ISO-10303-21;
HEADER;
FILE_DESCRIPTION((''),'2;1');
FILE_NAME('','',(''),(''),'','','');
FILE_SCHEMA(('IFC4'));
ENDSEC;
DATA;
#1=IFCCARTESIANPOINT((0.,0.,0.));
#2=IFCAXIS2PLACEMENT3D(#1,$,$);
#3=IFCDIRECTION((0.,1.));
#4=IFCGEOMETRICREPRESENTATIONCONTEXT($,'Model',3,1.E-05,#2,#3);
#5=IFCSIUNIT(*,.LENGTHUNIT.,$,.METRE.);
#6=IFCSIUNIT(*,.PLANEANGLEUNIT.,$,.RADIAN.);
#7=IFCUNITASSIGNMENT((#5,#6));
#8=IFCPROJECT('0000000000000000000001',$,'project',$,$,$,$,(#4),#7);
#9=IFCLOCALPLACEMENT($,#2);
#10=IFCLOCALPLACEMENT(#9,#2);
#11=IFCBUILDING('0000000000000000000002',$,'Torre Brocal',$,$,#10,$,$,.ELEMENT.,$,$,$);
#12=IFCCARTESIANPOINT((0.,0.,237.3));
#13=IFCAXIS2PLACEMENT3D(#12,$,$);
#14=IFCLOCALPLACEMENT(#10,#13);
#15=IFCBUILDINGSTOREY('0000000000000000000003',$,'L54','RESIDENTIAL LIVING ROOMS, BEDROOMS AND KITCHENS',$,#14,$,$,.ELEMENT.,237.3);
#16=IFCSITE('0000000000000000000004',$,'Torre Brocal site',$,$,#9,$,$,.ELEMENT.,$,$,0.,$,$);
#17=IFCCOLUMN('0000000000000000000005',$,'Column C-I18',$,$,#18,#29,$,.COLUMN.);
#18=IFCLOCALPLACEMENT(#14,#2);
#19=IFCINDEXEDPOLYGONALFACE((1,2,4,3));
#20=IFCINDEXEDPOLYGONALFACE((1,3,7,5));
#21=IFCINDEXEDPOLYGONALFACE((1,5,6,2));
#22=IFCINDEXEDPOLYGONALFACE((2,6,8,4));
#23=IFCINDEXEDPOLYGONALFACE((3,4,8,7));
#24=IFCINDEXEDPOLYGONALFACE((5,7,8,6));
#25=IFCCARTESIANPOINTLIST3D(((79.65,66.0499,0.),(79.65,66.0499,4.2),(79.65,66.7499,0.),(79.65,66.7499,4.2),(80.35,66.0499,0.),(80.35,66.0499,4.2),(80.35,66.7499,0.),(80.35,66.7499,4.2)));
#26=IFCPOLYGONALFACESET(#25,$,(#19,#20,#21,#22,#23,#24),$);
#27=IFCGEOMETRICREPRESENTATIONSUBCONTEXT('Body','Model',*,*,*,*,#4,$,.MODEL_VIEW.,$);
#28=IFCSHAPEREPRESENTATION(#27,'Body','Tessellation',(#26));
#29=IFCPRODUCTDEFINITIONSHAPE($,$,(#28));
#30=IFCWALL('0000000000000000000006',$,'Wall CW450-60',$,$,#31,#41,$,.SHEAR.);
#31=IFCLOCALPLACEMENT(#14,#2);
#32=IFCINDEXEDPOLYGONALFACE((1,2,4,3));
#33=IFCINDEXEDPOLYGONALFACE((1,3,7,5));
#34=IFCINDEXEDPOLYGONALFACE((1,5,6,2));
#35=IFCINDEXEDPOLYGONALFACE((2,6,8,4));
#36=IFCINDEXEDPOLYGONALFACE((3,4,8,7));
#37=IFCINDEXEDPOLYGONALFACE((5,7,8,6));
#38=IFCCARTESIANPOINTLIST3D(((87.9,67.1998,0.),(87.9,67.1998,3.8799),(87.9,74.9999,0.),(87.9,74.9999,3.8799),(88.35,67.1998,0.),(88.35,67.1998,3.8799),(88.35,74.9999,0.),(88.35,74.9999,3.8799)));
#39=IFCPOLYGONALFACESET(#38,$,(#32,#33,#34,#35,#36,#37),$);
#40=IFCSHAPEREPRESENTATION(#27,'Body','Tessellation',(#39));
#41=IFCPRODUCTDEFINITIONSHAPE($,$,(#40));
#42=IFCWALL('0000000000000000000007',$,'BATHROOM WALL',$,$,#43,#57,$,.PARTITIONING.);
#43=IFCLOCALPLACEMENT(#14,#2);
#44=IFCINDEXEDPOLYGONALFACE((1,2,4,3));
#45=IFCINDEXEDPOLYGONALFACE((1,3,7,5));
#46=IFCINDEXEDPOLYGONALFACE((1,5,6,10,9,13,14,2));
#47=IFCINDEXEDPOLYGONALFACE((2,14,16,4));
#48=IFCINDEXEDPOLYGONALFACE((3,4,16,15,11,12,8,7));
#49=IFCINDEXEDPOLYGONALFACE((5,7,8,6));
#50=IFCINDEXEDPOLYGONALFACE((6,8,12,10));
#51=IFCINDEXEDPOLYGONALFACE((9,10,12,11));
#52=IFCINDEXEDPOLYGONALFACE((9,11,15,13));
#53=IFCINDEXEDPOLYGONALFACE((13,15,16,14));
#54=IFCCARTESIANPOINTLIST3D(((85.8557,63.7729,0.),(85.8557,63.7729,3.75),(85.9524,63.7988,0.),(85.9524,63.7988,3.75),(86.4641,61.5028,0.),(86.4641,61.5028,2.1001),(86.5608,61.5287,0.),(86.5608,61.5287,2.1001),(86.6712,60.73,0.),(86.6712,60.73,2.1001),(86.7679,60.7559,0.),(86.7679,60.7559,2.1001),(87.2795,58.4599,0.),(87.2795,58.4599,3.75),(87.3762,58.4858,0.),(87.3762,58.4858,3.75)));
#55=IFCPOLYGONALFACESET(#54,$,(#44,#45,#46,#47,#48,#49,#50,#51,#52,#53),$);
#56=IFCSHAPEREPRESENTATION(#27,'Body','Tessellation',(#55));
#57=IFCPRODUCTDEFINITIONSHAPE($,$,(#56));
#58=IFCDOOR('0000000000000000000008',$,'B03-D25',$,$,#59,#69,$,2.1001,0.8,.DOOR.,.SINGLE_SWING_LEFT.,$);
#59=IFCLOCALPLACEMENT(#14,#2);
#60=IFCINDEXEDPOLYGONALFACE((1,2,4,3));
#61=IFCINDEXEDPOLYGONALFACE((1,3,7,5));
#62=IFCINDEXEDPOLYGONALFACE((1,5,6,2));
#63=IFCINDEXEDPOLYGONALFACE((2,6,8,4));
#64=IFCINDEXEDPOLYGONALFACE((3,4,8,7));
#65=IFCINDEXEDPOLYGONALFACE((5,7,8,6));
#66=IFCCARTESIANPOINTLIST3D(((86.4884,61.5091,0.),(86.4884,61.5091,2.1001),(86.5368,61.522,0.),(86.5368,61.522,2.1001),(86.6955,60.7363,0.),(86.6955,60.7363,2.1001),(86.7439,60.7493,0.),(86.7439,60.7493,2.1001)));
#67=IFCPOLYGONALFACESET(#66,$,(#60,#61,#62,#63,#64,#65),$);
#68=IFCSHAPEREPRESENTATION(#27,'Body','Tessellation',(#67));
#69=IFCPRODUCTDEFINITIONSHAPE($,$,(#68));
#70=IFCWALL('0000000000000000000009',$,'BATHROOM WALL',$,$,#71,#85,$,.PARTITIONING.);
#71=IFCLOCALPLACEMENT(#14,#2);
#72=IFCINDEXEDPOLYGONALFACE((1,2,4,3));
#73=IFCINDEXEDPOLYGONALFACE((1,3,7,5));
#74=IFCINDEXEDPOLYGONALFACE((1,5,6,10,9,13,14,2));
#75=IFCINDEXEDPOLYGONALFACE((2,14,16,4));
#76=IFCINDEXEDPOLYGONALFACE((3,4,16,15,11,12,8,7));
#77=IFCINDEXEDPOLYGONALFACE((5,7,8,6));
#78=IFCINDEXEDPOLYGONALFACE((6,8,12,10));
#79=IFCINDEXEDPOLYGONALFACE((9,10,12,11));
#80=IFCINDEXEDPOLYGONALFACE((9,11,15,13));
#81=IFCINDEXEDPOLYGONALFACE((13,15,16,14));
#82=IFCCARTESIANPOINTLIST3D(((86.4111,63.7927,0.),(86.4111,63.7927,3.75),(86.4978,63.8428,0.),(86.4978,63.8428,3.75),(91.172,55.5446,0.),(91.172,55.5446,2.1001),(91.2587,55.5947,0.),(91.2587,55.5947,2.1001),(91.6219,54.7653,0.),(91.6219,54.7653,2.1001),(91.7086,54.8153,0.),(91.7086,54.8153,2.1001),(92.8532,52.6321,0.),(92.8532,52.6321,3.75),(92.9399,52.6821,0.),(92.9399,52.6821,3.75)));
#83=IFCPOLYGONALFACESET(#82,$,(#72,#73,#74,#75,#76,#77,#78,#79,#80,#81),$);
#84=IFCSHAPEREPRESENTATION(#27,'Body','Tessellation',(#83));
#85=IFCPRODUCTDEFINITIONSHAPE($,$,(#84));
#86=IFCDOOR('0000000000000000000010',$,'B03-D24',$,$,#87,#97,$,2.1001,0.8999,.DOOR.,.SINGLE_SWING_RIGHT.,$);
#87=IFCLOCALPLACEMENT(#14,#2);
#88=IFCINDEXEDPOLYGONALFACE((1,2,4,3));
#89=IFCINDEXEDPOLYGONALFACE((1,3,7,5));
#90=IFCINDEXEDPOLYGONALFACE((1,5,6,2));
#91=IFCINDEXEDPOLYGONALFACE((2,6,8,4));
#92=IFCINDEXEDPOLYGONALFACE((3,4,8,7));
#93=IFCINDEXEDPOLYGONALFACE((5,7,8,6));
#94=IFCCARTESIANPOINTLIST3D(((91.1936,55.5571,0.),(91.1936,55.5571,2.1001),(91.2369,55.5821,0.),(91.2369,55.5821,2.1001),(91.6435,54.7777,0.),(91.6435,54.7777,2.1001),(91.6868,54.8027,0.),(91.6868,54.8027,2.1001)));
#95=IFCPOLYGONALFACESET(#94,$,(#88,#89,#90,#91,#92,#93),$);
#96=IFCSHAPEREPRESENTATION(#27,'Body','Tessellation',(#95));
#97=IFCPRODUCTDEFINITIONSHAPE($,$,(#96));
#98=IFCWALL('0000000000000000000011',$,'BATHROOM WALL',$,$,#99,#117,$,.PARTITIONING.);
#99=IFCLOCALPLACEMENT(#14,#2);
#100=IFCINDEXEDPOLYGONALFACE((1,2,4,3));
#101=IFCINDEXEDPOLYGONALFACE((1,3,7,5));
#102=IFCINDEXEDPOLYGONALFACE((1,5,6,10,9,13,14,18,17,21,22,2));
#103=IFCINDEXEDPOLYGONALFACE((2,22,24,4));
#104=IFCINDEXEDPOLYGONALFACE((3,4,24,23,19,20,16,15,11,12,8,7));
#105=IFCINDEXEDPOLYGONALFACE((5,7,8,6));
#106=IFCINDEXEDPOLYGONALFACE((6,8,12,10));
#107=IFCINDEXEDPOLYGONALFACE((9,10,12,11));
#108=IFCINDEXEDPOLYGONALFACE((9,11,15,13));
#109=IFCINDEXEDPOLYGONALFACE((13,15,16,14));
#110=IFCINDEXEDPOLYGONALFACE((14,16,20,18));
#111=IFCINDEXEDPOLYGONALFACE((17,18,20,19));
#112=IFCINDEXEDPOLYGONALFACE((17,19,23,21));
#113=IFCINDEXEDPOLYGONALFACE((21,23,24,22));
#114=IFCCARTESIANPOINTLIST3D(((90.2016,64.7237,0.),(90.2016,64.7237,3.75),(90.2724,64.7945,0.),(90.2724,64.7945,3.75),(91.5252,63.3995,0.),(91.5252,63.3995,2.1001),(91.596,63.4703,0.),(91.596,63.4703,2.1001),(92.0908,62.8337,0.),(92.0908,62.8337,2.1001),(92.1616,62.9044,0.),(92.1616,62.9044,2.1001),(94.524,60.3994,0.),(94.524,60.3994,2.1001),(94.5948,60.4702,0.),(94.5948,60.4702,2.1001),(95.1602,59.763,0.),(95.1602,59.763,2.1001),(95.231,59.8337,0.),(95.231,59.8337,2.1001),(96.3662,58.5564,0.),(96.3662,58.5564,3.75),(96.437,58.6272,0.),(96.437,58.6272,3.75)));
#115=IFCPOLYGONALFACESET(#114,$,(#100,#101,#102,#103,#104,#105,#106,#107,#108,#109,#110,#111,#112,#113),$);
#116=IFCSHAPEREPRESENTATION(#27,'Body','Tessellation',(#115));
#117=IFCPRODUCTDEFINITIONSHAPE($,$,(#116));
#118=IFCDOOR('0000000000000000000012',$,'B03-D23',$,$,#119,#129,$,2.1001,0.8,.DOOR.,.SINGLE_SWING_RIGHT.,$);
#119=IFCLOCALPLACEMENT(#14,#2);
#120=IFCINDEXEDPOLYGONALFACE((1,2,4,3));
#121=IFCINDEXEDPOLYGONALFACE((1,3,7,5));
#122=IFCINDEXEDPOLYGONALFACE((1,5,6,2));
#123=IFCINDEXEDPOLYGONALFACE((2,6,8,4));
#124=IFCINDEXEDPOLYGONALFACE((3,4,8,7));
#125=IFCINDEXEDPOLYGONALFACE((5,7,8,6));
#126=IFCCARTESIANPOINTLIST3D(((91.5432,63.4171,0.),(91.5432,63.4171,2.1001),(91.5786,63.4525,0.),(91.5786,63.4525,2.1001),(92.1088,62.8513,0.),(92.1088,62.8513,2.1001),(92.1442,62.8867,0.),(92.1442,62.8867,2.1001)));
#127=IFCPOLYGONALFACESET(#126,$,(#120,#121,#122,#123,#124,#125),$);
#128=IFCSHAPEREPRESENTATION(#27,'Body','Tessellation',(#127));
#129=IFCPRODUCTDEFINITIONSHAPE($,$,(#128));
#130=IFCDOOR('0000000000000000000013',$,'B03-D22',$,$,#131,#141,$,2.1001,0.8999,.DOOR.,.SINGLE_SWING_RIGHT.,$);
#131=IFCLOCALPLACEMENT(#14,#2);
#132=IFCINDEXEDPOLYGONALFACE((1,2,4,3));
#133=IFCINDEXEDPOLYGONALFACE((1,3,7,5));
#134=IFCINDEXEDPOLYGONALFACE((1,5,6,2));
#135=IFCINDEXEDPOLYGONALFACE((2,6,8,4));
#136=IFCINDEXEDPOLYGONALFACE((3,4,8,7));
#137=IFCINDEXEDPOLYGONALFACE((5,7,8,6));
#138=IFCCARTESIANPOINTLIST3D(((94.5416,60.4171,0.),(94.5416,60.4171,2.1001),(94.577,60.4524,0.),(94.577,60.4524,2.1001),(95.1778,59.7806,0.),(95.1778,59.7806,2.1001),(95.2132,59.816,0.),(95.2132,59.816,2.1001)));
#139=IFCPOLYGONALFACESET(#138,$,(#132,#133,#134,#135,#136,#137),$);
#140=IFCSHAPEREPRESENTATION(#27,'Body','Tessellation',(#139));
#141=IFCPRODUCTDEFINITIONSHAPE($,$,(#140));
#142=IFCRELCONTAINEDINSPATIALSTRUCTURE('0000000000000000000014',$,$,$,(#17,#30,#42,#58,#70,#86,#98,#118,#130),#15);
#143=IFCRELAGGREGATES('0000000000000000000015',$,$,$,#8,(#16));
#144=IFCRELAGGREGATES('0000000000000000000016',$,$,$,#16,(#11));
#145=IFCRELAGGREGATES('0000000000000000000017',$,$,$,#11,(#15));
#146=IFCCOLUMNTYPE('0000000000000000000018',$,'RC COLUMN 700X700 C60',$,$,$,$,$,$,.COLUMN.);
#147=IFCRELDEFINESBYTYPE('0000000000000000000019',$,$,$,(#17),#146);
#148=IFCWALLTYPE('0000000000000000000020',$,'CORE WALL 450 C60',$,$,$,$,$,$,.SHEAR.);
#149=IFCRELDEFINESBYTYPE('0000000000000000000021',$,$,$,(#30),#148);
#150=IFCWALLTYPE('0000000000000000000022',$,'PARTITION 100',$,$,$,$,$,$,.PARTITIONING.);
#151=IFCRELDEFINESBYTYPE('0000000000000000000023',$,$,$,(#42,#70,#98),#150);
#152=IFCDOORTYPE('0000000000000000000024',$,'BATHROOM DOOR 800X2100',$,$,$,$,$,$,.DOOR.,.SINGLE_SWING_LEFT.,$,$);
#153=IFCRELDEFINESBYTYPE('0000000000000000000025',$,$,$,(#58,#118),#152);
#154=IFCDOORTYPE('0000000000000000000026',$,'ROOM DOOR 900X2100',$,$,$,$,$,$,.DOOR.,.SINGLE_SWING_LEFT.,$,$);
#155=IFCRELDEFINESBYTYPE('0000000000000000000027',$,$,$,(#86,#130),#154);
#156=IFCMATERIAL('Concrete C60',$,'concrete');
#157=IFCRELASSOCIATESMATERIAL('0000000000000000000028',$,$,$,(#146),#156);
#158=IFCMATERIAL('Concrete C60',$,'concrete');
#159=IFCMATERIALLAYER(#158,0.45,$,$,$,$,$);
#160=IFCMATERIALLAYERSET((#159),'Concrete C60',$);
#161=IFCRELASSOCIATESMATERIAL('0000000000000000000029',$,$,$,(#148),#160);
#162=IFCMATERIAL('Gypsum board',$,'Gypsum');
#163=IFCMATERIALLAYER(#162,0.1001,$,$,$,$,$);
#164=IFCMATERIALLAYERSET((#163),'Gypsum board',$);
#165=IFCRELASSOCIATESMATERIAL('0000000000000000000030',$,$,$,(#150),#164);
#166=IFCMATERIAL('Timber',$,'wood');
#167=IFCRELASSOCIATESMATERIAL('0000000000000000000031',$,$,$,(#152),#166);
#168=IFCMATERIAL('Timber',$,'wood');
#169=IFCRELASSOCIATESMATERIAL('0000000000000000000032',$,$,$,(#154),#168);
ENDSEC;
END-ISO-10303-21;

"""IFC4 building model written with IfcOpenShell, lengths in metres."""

from ifc_helpers import new_model, si_unit, direction, frame, frame_2d, origin, origin_2d, place, context, subcontext, project, spatial, rectangle, extrude, material, layer, layer_set, material_profile, profile_set, type_object, element, fill, save


model = new_model("IFC4")

# Units and contexts
model_context = context("Model", 3, precision=1e-05, world=origin(), true_north=direction((0.0, 1.0)))
body_context = subcontext(model_context, "Body", "Model", "MODEL_VIEW")
ifc_project = project(units=[si_unit("LENGTHUNIT", "METRE"), si_unit("PLANEANGLEUNIT", "RADIAN")], contexts=[model_context])

# Site, building, storey
site_placement = place(None, origin())
site = spatial("IfcSite", under=ifc_project, at=site_placement, Name="Torre Brocal site", CompositionType="ELEMENT", RefElevation=0.0)
building_placement = place(site_placement, origin())
building = spatial("IfcBuilding", under=site, at=building_placement, Name="Torre Brocal", CompositionType="ELEMENT")
storey_placement = place(building_placement, frame((0.0, 0.0, 237.3)))
storey = spatial("IfcBuildingStorey", under=building, at=storey_placement, Name="L54", Description="RESIDENTIAL LIVING ROOMS, BEDROOMS AND KITCHENS", CompositionType="ELEMENT", Elevation=237.3)

# Column
ifc_material_1 = material(Name="Concrete C60", Category="concrete")
ifc_material_profile = material_profile(ifc_material_1, rectangle(XDim=0.7, YDim=0.7, at=origin_2d()), Name="RC 700X700")
ifc_profile_set = profile_set([ifc_material_profile], Name="Concrete C60")
column_type = type_object("IfcColumnType", Name="RC COLUMN 700X700 C60", PredefinedType="COLUMN", material=ifc_profile_set)
column_placement = place(storey_placement, frame((80.0, 66.3999, 0.0), z_axis=(0.0, 0.0, 1.0), x_axis=(0.0, -1.0, 0.0)))
element("IfcColumn", 1, at=column_placement, inside=storey, type_object=column_type, Name="Column C-I18", PredefinedType="COLUMN", context=body_context, shape_type="SweptSolid", body=[
    extrude(rectangle(XDim=0.7, YDim=0.7, at=origin_2d()), origin(), (0.0, 0.0, 1.0), 4.2),
])

# Wall
ifc_material_2 = material(Name="Concrete C60", Category="concrete")
ifc_layer_1 = layer(ifc_material_2, 0.45)
ifc_layer_set_1 = layer_set([ifc_layer_1], Name="Concrete C60")
wall_type_1 = type_object("IfcWallType", Name="CORE WALL 450 C60", PredefinedType="SHEAR", material=ifc_layer_set_1)
wall_1_placement = place(storey_placement, frame((88.125, 67.2, 0.0), z_axis=(0.0, 0.0, 1.0), x_axis=(0.0, 1.0, 0.0)))
element("IfcWall", 2, at=wall_1_placement, inside=storey, type_object=wall_type_1, Name="Wall CW450-60", PredefinedType="SHEAR", context=body_context, shape_type="SweptSolid", body=[
    extrude(rectangle(XDim=7.8, YDim=0.45, at=frame_2d((3.8999, 0.0))), origin(), (0.0, 0.0, 1.0), 3.8799),
])

# Walls, openings, doors
ifc_material_3 = material(Name="Gypsum board", Category="Gypsum")
ifc_layer_2 = layer(ifc_material_3, 0.1001)
ifc_layer_set_2 = layer_set([ifc_layer_2], Name="Gypsum board")
wall_type_2 = type_object("IfcWallType", Name="PARTITION 100", PredefinedType="PARTITIONING", material=ifc_layer_set_2)
wall_2_placement = place(storey_placement, frame((85.9041, 63.7859, 0.0), z_axis=(0.0, 0.0, 1.0), x_axis=(0.258856, -0.965916, 0.0)))
wall_2 = element("IfcWall", 3, at=wall_2_placement, inside=storey, type_object=wall_type_2, Name="BATHROOM WALL", PredefinedType="PARTITIONING", context=body_context, shape_type="SweptSolid", body=[
    extrude(rectangle(XDim=5.5005, YDim=0.1001, at=frame_2d((2.7502, 0.0))), origin(), (0.0, 0.0, 1.0), 3.75),
])
opening_1_placement = place(wall_2_placement, frame((2.3503, 0.0, 0.0)))
opening_1 = element("IfcOpeningElement", 4, at=opening_1_placement, cuts=wall_2, PredefinedType="OPENING", context=body_context, shape_type="SweptSolid", body=[
    extrude(rectangle(XDim=0.8, YDim=2.1001, at=frame_2d((0.3999, 1.05))), frame((0.0, 0.0601, 0.0), z_axis=(0.0, -1.0, 0.0), x_axis=(1.0, 0.0, 0.0)), (0.0, 0.0, 1.0), 0.1201),
])
ifc_material_4 = material(Name="Timber", Category="wood")
door_type_1 = type_object("IfcDoorType", Name="BATHROOM DOOR 800X2100", OperationType="SINGLE_SWING_LEFT", PredefinedType="DOOR", material=ifc_material_4)
door_1_placement = place(opening_1_placement, frame((0.8, 0.0, 0.0), z_axis=(0.0, 0.0, 1.0), x_axis=(-1.0, 0.0, 0.0)))
door_1 = element("IfcDoor", 5, at=door_1_placement, inside=storey, type_object=door_type_1, Name="B03-D25", OperationType="SINGLE_SWING_LEFT", OverallHeight=2.1001, OverallWidth=0.8, PredefinedType="DOOR", context=body_context, shape_type="SweptSolid", body=[
    extrude(rectangle(XDim=0.8, YDim=2.1001, at=frame_2d((0.3999, 1.05))), frame((0.0, 0.0249, 0.0), z_axis=(0.0, -1.0, 0.0), x_axis=(1.0, 0.0, 0.0)), (0.0, 0.0, 1.0), 0.05),
])
fill(opening_1, door_1)
wall_3_placement = place(storey_placement, frame((86.4543, 63.8179, 0.0), z_axis=(0.0, 0.0, 1.0), x_axis=(0.499915, -0.866075, 0.0)))
wall_3 = element("IfcWall", 6, at=wall_3_placement, inside=storey, type_object=wall_type_2, Name="BATHROOM WALL", PredefinedType="PARTITIONING", context=body_context, shape_type="SweptSolid", body=[
    extrude(rectangle(XDim=12.8865, YDim=0.1001, at=frame_2d((6.4434, 0.0))), origin(), (0.0, 0.0, 1.0), 3.75),
])
opening_2_placement = place(wall_3_placement, frame((9.5237, 0.0, 0.0)))
opening_2 = element("IfcOpeningElement", 7, at=opening_2_placement, cuts=wall_3, PredefinedType="OPENING", context=body_context, shape_type="SweptSolid", body=[
    extrude(rectangle(XDim=0.8999, YDim=2.1001, at=frame_2d((0.45, 1.05))), frame((0.0, 0.0601, 0.0), z_axis=(0.0, -1.0, 0.0), x_axis=(1.0, 0.0, 0.0)), (0.0, 0.0, 1.0), 0.1201),
])
ifc_material_5 = material(Name="Timber", Category="wood")
door_type_2 = type_object("IfcDoorType", Name="ROOM DOOR 900X2100", OperationType="SINGLE_SWING_LEFT", PredefinedType="DOOR", material=ifc_material_5)
door_2_placement = place(opening_2_placement, origin())
door_2 = element("IfcDoor", 8, at=door_2_placement, inside=storey, type_object=door_type_2, Name="B03-D24", OperationType="SINGLE_SWING_RIGHT", OverallHeight=2.1001, OverallWidth=0.8999, PredefinedType="DOOR", context=body_context, shape_type="SweptSolid", body=[
    extrude(rectangle(XDim=0.8999, YDim=2.1001, at=frame_2d((0.45, 1.05))), frame((0.0, 0.0249, 0.0), z_axis=(0.0, -1.0, 0.0), x_axis=(1.0, 0.0, 0.0)), (0.0, 0.0, 1.0), 0.05),
])
fill(opening_2, door_2)

# Wall, openings, doors
wall_4_placement = place(storey_placement, frame((90.2371, 64.759, 0.0), z_axis=(0.0, 0.0, 1.0), x_axis=(0.706953, -0.707261, 0.0)))
wall_4 = element("IfcWall", 9, at=wall_4_placement, inside=storey, type_object=wall_type_2, Name="BATHROOM WALL", PredefinedType="PARTITIONING", context=body_context, shape_type="SweptSolid", body=[
    extrude(rectangle(XDim=8.72, YDim=0.1001, at=frame_2d((4.3599, 0.0))), origin(), (0.0, 0.0, 1.0), 3.75),
])
opening_3_placement = place(wall_4_placement, frame((6.114, 0.0, 0.0)))
opening_3 = element("IfcOpeningElement", 10, at=opening_3_placement, cuts=wall_4, PredefinedType="OPENING", context=body_context, shape_type="SweptSolid", body=[
    extrude(rectangle(XDim=0.8999, YDim=2.1001, at=frame_2d((0.45, 1.05))), frame((0.0, 0.0601, 0.0), z_axis=(0.0, -1.0, 0.0), x_axis=(1.0, 0.0, 0.0)), (0.0, 0.0, 1.0), 0.1201),
])
opening_4_placement = place(wall_4_placement, frame((1.8723, 0.0, 0.0)))
opening_4 = element("IfcOpeningElement", 11, at=opening_4_placement, cuts=wall_4, PredefinedType="OPENING", context=body_context, shape_type="SweptSolid", body=[
    extrude(rectangle(XDim=0.8, YDim=2.1001, at=frame_2d((0.3999, 1.05))), frame((0.0, 0.0601, 0.0), z_axis=(0.0, -1.0, 0.0), x_axis=(1.0, 0.0, 0.0)), (0.0, 0.0, 1.0), 0.1201),
])
door_3_placement = place(opening_4_placement, frame((0.8, 0.0, 0.0), z_axis=(0.0, 0.0, 1.0), x_axis=(-1.0, 0.0, 0.0)))
door_3 = element("IfcDoor", 12, at=door_3_placement, inside=storey, type_object=door_type_1, Name="B03-D23", OperationType="SINGLE_SWING_RIGHT", OverallHeight=2.1001, OverallWidth=0.8, PredefinedType="DOOR", context=body_context, shape_type="SweptSolid", body=[
    extrude(rectangle(XDim=0.8, YDim=2.1001, at=frame_2d((0.3999, 1.05))), frame((0.0, 0.0249, 0.0), z_axis=(0.0, -1.0, 0.0), x_axis=(1.0, 0.0, 0.0)), (0.0, 0.0, 1.0), 0.05),
])
fill(opening_4, door_3)
door_4_placement = place(opening_3_placement, origin())
door_4 = element("IfcDoor", 13, at=door_4_placement, inside=storey, type_object=door_type_2, Name="B03-D22", OperationType="SINGLE_SWING_RIGHT", OverallHeight=2.1001, OverallWidth=0.8999, PredefinedType="DOOR", context=body_context, shape_type="SweptSolid", body=[
    extrude(rectangle(XDim=0.8999, YDim=2.1001, at=frame_2d((0.45, 1.05))), frame((0.0, 0.0249, 0.0), z_axis=(0.0, -1.0, 0.0), x_axis=(1.0, 0.0, 0.0)), (0.0, 0.0, 1.0), 0.05),
])
fill(opening_3, door_4)

save(model, "model.ifc")
